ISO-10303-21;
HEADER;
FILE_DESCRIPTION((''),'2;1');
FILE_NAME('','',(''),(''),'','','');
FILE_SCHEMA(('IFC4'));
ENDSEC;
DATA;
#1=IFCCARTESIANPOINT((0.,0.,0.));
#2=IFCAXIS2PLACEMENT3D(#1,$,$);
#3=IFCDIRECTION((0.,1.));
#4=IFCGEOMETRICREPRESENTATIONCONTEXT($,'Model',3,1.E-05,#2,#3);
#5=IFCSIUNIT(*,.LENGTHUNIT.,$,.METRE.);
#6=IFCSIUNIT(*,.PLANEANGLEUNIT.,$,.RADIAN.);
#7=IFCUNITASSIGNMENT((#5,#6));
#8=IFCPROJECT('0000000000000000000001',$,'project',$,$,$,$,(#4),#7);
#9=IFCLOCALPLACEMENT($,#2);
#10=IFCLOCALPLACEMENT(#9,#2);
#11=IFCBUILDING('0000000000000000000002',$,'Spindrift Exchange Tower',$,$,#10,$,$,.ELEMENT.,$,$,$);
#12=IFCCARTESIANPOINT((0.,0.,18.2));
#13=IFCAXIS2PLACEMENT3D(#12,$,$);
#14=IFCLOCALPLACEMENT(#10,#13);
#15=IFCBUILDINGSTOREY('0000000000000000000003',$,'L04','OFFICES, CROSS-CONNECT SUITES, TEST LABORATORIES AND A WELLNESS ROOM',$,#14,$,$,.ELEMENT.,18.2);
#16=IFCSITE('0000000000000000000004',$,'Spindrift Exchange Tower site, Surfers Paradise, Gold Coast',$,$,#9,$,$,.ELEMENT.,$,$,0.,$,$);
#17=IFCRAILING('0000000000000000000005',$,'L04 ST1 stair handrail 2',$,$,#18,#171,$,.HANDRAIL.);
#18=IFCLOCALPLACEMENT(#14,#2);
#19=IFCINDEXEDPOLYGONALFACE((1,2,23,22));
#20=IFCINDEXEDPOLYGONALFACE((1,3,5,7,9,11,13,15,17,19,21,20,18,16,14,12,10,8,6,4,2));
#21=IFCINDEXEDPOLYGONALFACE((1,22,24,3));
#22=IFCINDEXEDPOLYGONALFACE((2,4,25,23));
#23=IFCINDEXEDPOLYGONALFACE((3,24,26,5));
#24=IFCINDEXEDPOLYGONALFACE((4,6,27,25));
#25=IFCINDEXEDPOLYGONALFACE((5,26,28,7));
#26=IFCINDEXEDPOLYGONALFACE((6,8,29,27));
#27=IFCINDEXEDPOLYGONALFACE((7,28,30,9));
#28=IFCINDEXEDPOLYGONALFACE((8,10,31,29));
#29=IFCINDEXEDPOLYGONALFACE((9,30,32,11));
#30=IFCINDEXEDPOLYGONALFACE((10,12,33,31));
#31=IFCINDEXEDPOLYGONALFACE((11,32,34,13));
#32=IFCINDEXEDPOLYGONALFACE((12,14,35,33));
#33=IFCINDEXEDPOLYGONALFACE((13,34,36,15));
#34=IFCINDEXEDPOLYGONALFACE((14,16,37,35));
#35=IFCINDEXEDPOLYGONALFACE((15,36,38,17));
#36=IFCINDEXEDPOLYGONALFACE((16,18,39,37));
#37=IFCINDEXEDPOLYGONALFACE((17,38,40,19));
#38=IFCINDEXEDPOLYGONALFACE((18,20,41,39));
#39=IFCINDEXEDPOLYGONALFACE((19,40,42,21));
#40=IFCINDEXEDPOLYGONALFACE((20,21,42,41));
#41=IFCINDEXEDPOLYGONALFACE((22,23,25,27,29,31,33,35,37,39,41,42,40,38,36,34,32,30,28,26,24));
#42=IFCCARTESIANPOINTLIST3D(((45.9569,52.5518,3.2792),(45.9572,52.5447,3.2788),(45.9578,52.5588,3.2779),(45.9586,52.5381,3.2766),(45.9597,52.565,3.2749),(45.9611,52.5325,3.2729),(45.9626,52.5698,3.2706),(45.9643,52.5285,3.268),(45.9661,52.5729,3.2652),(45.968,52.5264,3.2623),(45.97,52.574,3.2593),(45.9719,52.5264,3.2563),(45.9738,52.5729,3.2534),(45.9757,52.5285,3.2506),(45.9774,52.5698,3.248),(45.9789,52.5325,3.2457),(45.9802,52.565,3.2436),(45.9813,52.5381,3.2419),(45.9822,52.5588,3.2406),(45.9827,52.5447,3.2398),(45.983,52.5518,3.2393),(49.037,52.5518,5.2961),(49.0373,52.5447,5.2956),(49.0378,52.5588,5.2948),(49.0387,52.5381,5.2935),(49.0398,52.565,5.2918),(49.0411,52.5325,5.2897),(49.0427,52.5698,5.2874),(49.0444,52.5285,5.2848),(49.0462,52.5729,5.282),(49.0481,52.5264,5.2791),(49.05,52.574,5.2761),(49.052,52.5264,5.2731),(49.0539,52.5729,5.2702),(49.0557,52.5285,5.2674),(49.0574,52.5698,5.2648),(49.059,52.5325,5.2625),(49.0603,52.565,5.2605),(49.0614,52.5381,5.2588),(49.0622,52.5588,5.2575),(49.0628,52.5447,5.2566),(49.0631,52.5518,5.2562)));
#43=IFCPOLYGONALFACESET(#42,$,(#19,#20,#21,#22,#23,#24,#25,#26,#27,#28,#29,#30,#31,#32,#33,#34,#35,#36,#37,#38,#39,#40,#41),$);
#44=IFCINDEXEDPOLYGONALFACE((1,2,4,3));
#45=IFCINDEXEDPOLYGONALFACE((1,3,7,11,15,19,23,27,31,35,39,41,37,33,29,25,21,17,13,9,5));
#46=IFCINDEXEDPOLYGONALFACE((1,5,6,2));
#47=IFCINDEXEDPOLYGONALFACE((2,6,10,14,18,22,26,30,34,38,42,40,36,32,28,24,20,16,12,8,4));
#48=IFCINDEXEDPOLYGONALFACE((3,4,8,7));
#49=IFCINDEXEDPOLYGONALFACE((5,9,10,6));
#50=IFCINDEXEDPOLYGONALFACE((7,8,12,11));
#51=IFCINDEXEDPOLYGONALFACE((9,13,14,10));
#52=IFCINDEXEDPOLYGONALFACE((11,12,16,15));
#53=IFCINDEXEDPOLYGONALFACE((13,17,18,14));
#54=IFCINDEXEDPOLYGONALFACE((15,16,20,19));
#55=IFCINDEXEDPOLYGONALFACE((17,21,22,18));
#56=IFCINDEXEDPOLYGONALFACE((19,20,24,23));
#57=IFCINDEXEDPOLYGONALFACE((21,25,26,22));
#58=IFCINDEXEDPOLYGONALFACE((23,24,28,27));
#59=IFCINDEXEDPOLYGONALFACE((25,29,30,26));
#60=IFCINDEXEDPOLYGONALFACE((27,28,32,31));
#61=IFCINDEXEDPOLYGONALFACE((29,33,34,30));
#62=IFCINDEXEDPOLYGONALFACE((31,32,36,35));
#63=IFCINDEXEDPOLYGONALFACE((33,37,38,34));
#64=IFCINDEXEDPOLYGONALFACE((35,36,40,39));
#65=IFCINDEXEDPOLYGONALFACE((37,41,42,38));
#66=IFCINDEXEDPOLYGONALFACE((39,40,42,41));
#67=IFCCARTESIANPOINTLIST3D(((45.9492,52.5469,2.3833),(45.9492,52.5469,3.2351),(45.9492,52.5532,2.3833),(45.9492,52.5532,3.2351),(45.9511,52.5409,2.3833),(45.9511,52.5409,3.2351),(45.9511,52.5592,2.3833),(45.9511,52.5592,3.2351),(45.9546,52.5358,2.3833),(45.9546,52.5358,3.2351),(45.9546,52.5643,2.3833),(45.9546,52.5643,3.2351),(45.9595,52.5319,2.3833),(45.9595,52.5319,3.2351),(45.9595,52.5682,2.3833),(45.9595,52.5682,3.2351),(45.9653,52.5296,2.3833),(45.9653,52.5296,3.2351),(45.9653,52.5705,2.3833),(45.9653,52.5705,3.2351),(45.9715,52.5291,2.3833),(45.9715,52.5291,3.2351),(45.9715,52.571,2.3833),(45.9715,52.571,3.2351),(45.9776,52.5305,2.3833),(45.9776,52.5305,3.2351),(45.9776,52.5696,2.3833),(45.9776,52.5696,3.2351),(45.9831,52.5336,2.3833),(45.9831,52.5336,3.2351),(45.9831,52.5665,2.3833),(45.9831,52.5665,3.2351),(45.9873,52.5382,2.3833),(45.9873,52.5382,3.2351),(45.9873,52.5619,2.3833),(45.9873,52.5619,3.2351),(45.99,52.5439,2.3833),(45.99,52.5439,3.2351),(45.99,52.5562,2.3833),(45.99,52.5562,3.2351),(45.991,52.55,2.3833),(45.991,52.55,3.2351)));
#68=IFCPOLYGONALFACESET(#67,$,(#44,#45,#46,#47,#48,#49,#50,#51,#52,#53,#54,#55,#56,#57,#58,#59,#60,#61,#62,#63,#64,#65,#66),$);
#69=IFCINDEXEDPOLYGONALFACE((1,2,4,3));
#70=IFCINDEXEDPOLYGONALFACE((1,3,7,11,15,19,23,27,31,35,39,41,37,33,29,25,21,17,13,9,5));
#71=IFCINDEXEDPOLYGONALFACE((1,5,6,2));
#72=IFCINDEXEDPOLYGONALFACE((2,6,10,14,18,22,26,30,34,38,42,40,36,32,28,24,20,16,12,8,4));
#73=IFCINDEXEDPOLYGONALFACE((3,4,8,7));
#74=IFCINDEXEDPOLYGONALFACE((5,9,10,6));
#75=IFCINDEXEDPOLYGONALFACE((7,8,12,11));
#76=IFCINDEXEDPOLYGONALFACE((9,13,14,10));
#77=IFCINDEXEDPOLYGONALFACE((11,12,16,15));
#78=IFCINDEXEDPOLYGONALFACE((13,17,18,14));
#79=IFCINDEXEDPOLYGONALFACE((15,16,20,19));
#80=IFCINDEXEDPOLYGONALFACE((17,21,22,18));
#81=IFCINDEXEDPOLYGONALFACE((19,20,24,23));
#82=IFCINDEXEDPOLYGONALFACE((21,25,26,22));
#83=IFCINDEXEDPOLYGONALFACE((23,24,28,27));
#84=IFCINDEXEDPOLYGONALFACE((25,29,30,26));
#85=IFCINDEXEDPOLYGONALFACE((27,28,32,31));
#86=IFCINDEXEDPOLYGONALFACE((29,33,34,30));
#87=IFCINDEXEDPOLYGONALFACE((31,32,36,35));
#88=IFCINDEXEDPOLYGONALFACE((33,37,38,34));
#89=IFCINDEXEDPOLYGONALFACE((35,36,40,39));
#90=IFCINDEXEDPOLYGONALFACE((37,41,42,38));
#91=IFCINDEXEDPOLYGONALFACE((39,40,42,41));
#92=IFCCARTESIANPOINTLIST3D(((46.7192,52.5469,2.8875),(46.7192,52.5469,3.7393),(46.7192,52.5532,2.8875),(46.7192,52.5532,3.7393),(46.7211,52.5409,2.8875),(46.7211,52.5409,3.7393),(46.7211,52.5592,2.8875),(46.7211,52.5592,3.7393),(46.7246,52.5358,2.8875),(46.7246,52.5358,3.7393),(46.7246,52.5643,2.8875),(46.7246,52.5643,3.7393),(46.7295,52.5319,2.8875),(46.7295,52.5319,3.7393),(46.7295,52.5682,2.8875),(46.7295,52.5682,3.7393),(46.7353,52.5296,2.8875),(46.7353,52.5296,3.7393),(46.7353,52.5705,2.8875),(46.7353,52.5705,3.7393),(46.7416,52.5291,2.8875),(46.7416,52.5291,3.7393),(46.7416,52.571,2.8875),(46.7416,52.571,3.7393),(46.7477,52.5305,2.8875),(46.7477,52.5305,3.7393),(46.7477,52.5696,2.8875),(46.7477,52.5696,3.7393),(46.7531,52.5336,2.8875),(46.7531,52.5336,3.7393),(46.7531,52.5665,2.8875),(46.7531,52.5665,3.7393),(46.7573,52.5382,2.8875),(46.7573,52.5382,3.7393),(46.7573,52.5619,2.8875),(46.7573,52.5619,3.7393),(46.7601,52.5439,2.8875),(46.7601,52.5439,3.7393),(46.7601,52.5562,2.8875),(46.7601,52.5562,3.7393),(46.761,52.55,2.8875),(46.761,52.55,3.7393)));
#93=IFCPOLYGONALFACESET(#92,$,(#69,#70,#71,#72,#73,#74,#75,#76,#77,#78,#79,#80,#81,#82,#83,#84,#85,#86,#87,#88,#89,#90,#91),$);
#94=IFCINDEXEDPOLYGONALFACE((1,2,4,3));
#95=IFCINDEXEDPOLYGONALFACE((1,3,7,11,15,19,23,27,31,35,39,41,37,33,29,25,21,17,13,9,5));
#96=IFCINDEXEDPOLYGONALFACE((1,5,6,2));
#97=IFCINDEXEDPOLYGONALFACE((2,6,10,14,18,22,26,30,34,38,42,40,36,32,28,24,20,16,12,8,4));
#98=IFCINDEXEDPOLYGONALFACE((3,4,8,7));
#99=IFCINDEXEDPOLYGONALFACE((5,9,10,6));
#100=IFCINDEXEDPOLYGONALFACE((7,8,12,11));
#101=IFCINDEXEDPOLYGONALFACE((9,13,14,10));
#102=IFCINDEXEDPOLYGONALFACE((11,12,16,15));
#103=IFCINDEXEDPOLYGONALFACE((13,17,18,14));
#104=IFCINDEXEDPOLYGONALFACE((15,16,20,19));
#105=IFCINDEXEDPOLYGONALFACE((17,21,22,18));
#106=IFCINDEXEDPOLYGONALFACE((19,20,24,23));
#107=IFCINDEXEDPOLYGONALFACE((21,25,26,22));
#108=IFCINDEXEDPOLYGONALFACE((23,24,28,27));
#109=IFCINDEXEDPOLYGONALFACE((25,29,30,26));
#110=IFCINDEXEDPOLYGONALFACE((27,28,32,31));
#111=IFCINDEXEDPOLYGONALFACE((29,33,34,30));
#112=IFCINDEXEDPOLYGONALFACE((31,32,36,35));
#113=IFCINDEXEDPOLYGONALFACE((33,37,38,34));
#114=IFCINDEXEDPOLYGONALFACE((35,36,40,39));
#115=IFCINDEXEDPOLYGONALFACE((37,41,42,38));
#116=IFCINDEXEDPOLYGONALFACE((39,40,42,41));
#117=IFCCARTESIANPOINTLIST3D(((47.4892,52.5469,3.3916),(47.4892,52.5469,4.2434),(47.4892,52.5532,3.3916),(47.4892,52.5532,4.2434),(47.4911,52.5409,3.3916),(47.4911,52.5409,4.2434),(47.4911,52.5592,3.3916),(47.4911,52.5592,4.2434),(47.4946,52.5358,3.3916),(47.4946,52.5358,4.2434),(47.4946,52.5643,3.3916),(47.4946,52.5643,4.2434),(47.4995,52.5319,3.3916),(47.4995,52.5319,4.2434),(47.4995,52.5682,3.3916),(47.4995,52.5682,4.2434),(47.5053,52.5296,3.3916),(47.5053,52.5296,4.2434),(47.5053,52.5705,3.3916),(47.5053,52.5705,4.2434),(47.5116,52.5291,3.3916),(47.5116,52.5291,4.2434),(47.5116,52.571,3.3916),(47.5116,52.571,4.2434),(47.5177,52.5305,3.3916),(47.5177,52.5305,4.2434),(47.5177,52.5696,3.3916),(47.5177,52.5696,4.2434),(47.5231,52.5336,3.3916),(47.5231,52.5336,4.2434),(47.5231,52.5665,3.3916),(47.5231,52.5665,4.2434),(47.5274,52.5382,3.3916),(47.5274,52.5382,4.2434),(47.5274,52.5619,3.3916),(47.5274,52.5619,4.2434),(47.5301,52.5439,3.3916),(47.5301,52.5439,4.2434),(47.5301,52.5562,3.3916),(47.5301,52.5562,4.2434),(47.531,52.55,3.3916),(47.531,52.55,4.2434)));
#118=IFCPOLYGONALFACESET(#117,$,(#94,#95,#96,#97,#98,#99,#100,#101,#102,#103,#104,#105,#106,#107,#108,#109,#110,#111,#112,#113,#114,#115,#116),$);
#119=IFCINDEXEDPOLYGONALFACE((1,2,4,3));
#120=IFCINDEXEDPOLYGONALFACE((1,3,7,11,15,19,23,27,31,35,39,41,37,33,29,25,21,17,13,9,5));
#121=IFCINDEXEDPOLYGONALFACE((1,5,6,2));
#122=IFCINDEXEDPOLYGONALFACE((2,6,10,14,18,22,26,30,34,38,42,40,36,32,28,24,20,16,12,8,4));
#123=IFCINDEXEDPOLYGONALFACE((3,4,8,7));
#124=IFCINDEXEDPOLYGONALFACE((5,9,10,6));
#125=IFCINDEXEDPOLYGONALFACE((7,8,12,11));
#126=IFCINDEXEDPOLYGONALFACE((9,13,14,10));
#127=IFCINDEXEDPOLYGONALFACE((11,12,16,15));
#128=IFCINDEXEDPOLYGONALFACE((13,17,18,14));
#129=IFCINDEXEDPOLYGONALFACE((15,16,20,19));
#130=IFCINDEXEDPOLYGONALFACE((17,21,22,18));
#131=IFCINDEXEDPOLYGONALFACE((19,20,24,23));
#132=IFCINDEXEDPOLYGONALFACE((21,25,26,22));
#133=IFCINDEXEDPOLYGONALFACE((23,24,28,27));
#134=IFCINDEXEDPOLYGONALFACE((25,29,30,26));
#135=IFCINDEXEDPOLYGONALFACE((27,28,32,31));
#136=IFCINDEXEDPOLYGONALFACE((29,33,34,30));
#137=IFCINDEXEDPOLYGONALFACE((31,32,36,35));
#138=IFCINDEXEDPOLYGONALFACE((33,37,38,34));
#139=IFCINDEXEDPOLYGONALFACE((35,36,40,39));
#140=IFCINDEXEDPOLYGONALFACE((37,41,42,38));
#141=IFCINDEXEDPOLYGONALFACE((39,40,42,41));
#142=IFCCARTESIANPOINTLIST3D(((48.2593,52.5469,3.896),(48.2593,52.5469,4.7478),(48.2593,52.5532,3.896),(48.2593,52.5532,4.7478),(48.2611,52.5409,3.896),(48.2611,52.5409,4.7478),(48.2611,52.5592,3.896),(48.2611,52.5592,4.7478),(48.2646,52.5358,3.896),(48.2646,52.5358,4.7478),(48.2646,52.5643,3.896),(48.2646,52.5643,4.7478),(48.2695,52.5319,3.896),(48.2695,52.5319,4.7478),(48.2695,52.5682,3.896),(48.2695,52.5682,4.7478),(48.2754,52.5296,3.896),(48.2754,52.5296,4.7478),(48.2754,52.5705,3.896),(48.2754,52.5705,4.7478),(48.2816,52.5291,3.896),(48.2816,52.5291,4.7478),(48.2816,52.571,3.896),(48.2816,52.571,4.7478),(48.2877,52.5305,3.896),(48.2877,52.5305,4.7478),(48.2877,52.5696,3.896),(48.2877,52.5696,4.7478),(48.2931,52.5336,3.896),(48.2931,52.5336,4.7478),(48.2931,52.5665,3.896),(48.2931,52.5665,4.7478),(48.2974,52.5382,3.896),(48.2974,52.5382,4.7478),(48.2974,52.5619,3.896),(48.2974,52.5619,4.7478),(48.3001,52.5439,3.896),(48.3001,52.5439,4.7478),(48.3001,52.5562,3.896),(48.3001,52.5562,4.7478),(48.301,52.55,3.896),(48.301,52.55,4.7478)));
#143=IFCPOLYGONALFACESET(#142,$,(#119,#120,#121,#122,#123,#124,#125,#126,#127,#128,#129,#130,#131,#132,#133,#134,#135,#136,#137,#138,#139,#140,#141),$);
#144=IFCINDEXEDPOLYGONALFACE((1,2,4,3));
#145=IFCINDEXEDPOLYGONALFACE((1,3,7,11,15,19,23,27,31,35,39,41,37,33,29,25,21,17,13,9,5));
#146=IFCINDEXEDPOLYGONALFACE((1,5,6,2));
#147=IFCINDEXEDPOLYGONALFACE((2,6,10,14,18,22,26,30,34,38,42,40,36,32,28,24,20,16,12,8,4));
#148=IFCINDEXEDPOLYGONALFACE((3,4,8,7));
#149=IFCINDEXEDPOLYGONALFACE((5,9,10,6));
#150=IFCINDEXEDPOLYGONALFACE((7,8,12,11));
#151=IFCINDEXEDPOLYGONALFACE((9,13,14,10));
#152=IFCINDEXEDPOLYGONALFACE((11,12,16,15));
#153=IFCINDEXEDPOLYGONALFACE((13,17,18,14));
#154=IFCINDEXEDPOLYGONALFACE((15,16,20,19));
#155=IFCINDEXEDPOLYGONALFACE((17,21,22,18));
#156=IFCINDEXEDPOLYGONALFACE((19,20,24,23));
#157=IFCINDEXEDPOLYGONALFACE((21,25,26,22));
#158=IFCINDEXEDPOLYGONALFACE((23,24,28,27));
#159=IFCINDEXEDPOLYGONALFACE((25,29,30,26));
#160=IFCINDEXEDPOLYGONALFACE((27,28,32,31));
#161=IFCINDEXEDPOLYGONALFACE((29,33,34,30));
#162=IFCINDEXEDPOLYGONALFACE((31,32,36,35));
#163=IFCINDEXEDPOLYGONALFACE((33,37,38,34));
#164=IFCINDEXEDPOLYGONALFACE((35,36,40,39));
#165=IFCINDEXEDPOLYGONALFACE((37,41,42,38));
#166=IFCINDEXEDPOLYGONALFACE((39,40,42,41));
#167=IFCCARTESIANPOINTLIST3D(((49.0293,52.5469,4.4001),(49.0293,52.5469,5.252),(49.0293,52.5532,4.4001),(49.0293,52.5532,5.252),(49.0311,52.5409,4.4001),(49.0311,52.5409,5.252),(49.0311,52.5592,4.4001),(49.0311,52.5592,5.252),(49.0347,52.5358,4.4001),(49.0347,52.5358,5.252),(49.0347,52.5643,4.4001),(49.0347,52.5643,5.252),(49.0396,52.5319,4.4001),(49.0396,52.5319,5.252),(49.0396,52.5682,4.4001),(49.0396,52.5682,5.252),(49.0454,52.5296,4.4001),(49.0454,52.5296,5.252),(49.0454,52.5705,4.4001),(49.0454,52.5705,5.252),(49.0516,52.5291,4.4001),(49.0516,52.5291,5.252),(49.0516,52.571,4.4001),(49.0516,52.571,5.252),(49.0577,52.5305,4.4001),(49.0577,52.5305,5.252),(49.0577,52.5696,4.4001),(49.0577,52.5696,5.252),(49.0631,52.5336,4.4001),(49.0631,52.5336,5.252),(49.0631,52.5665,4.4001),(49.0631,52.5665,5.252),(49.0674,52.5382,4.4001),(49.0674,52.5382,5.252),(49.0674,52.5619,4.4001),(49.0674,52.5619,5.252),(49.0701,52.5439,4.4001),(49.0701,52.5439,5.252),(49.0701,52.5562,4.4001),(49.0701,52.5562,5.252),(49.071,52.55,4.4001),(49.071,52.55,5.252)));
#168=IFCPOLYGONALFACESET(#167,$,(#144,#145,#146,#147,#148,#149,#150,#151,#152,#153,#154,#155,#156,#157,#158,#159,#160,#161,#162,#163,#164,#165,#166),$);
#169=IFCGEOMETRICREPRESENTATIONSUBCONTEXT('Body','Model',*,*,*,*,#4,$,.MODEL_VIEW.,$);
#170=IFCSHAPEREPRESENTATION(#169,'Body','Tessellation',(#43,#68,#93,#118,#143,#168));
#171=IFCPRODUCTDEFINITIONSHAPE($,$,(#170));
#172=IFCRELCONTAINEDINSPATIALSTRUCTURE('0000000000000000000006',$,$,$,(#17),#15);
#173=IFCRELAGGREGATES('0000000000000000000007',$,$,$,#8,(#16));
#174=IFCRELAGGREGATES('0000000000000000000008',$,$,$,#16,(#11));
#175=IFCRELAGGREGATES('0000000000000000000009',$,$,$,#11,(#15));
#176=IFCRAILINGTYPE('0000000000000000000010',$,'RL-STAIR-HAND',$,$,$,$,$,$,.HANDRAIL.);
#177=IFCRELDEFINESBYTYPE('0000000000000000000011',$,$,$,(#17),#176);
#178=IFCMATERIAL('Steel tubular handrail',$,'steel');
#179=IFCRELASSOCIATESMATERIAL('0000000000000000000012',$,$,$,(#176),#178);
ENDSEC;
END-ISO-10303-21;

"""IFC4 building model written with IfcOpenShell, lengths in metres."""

from ifc_helpers import new_model, si_unit, direction, frame, origin, origin_2d, place, context, subcontext, project, spatial, circle, extrude, material, type_object, element, save


model = new_model("IFC4")

# Units and contexts
model_context = context("Model", 3, precision=1e-05, world=origin(), true_north=direction((0.0, 1.0)))
body_context = subcontext(model_context, "Body", "Model", "MODEL_VIEW")
ifc_project = project(units=[si_unit("LENGTHUNIT", "METRE"), si_unit("PLANEANGLEUNIT", "RADIAN")], contexts=[model_context])

# Site, building, storey
site_placement = place(None, origin())
site = spatial("IfcSite", under=ifc_project, at=site_placement, Name="Spindrift Exchange Tower site, Surfers Paradise, Gold Coast", CompositionType="ELEMENT", RefElevation=0.0)
building_placement = place(site_placement, origin())
building = spatial("IfcBuilding", under=site, at=building_placement, Name="Spindrift Exchange Tower", CompositionType="ELEMENT")
storey_placement = place(building_placement, frame((0.0, 0.0, 18.2)))
storey = spatial("IfcBuildingStorey", under=building, at=storey_placement, Name="L04", Description="OFFICES, CROSS-CONNECT SUITES, TEST LABORATORIES AND A WELLNESS ROOM", CompositionType="ELEMENT", Elevation=18.2)

# Railing
ifc_material_1 = material(Name="Steel tubular handrail", Category="steel")
railing_type_1 = type_object("IfcRailingType", Name="RL-STAIR-HAND", PredefinedType="HANDRAIL", material=ifc_material_1)
railing_1_placement = place(storey_placement, frame((45.97, 52.55, 2.3833)))
element("IfcRailing", 1, at=railing_1_placement, inside=storey, type_object=railing_type_1, Name="L04 ST1 stair handrail 2", PredefinedType="HANDRAIL", context=body_context, shape_type="SweptSolid", body=[
    extrude(circle(Radius=0.0239, at=origin_2d()), frame((0.0, 0.0, 0.876), z_axis=(0.836603, 0.0, 0.54781), x_axis=(0.0, 1.0, 0.0)), (0.0, 0.0, 1.0), 3.6816),
    extrude(circle(Radius=0.021, at=origin_2d()), origin(), (0.0, 0.0, 1.0), 0.8518),
    extrude(circle(Radius=0.021, at=origin_2d()), frame((0.77, 0.0, 0.5042)), (0.0, 0.0, 1.0), 0.8518),
    extrude(circle(Radius=0.021, at=origin_2d()), frame((1.54, 0.0, 1.0083)), (0.0, 0.0, 1.0), 0.8518),
    extrude(circle(Radius=0.021, at=origin_2d()), frame((2.3101, 0.0, 1.5127)), (0.0, 0.0, 1.0), 0.8518),
    extrude(circle(Radius=0.021, at=origin_2d()), frame((3.0801, 0.0, 2.0168)), (0.0, 0.0, 1.0), 0.8518),
])

save(model, "model.ifc")
